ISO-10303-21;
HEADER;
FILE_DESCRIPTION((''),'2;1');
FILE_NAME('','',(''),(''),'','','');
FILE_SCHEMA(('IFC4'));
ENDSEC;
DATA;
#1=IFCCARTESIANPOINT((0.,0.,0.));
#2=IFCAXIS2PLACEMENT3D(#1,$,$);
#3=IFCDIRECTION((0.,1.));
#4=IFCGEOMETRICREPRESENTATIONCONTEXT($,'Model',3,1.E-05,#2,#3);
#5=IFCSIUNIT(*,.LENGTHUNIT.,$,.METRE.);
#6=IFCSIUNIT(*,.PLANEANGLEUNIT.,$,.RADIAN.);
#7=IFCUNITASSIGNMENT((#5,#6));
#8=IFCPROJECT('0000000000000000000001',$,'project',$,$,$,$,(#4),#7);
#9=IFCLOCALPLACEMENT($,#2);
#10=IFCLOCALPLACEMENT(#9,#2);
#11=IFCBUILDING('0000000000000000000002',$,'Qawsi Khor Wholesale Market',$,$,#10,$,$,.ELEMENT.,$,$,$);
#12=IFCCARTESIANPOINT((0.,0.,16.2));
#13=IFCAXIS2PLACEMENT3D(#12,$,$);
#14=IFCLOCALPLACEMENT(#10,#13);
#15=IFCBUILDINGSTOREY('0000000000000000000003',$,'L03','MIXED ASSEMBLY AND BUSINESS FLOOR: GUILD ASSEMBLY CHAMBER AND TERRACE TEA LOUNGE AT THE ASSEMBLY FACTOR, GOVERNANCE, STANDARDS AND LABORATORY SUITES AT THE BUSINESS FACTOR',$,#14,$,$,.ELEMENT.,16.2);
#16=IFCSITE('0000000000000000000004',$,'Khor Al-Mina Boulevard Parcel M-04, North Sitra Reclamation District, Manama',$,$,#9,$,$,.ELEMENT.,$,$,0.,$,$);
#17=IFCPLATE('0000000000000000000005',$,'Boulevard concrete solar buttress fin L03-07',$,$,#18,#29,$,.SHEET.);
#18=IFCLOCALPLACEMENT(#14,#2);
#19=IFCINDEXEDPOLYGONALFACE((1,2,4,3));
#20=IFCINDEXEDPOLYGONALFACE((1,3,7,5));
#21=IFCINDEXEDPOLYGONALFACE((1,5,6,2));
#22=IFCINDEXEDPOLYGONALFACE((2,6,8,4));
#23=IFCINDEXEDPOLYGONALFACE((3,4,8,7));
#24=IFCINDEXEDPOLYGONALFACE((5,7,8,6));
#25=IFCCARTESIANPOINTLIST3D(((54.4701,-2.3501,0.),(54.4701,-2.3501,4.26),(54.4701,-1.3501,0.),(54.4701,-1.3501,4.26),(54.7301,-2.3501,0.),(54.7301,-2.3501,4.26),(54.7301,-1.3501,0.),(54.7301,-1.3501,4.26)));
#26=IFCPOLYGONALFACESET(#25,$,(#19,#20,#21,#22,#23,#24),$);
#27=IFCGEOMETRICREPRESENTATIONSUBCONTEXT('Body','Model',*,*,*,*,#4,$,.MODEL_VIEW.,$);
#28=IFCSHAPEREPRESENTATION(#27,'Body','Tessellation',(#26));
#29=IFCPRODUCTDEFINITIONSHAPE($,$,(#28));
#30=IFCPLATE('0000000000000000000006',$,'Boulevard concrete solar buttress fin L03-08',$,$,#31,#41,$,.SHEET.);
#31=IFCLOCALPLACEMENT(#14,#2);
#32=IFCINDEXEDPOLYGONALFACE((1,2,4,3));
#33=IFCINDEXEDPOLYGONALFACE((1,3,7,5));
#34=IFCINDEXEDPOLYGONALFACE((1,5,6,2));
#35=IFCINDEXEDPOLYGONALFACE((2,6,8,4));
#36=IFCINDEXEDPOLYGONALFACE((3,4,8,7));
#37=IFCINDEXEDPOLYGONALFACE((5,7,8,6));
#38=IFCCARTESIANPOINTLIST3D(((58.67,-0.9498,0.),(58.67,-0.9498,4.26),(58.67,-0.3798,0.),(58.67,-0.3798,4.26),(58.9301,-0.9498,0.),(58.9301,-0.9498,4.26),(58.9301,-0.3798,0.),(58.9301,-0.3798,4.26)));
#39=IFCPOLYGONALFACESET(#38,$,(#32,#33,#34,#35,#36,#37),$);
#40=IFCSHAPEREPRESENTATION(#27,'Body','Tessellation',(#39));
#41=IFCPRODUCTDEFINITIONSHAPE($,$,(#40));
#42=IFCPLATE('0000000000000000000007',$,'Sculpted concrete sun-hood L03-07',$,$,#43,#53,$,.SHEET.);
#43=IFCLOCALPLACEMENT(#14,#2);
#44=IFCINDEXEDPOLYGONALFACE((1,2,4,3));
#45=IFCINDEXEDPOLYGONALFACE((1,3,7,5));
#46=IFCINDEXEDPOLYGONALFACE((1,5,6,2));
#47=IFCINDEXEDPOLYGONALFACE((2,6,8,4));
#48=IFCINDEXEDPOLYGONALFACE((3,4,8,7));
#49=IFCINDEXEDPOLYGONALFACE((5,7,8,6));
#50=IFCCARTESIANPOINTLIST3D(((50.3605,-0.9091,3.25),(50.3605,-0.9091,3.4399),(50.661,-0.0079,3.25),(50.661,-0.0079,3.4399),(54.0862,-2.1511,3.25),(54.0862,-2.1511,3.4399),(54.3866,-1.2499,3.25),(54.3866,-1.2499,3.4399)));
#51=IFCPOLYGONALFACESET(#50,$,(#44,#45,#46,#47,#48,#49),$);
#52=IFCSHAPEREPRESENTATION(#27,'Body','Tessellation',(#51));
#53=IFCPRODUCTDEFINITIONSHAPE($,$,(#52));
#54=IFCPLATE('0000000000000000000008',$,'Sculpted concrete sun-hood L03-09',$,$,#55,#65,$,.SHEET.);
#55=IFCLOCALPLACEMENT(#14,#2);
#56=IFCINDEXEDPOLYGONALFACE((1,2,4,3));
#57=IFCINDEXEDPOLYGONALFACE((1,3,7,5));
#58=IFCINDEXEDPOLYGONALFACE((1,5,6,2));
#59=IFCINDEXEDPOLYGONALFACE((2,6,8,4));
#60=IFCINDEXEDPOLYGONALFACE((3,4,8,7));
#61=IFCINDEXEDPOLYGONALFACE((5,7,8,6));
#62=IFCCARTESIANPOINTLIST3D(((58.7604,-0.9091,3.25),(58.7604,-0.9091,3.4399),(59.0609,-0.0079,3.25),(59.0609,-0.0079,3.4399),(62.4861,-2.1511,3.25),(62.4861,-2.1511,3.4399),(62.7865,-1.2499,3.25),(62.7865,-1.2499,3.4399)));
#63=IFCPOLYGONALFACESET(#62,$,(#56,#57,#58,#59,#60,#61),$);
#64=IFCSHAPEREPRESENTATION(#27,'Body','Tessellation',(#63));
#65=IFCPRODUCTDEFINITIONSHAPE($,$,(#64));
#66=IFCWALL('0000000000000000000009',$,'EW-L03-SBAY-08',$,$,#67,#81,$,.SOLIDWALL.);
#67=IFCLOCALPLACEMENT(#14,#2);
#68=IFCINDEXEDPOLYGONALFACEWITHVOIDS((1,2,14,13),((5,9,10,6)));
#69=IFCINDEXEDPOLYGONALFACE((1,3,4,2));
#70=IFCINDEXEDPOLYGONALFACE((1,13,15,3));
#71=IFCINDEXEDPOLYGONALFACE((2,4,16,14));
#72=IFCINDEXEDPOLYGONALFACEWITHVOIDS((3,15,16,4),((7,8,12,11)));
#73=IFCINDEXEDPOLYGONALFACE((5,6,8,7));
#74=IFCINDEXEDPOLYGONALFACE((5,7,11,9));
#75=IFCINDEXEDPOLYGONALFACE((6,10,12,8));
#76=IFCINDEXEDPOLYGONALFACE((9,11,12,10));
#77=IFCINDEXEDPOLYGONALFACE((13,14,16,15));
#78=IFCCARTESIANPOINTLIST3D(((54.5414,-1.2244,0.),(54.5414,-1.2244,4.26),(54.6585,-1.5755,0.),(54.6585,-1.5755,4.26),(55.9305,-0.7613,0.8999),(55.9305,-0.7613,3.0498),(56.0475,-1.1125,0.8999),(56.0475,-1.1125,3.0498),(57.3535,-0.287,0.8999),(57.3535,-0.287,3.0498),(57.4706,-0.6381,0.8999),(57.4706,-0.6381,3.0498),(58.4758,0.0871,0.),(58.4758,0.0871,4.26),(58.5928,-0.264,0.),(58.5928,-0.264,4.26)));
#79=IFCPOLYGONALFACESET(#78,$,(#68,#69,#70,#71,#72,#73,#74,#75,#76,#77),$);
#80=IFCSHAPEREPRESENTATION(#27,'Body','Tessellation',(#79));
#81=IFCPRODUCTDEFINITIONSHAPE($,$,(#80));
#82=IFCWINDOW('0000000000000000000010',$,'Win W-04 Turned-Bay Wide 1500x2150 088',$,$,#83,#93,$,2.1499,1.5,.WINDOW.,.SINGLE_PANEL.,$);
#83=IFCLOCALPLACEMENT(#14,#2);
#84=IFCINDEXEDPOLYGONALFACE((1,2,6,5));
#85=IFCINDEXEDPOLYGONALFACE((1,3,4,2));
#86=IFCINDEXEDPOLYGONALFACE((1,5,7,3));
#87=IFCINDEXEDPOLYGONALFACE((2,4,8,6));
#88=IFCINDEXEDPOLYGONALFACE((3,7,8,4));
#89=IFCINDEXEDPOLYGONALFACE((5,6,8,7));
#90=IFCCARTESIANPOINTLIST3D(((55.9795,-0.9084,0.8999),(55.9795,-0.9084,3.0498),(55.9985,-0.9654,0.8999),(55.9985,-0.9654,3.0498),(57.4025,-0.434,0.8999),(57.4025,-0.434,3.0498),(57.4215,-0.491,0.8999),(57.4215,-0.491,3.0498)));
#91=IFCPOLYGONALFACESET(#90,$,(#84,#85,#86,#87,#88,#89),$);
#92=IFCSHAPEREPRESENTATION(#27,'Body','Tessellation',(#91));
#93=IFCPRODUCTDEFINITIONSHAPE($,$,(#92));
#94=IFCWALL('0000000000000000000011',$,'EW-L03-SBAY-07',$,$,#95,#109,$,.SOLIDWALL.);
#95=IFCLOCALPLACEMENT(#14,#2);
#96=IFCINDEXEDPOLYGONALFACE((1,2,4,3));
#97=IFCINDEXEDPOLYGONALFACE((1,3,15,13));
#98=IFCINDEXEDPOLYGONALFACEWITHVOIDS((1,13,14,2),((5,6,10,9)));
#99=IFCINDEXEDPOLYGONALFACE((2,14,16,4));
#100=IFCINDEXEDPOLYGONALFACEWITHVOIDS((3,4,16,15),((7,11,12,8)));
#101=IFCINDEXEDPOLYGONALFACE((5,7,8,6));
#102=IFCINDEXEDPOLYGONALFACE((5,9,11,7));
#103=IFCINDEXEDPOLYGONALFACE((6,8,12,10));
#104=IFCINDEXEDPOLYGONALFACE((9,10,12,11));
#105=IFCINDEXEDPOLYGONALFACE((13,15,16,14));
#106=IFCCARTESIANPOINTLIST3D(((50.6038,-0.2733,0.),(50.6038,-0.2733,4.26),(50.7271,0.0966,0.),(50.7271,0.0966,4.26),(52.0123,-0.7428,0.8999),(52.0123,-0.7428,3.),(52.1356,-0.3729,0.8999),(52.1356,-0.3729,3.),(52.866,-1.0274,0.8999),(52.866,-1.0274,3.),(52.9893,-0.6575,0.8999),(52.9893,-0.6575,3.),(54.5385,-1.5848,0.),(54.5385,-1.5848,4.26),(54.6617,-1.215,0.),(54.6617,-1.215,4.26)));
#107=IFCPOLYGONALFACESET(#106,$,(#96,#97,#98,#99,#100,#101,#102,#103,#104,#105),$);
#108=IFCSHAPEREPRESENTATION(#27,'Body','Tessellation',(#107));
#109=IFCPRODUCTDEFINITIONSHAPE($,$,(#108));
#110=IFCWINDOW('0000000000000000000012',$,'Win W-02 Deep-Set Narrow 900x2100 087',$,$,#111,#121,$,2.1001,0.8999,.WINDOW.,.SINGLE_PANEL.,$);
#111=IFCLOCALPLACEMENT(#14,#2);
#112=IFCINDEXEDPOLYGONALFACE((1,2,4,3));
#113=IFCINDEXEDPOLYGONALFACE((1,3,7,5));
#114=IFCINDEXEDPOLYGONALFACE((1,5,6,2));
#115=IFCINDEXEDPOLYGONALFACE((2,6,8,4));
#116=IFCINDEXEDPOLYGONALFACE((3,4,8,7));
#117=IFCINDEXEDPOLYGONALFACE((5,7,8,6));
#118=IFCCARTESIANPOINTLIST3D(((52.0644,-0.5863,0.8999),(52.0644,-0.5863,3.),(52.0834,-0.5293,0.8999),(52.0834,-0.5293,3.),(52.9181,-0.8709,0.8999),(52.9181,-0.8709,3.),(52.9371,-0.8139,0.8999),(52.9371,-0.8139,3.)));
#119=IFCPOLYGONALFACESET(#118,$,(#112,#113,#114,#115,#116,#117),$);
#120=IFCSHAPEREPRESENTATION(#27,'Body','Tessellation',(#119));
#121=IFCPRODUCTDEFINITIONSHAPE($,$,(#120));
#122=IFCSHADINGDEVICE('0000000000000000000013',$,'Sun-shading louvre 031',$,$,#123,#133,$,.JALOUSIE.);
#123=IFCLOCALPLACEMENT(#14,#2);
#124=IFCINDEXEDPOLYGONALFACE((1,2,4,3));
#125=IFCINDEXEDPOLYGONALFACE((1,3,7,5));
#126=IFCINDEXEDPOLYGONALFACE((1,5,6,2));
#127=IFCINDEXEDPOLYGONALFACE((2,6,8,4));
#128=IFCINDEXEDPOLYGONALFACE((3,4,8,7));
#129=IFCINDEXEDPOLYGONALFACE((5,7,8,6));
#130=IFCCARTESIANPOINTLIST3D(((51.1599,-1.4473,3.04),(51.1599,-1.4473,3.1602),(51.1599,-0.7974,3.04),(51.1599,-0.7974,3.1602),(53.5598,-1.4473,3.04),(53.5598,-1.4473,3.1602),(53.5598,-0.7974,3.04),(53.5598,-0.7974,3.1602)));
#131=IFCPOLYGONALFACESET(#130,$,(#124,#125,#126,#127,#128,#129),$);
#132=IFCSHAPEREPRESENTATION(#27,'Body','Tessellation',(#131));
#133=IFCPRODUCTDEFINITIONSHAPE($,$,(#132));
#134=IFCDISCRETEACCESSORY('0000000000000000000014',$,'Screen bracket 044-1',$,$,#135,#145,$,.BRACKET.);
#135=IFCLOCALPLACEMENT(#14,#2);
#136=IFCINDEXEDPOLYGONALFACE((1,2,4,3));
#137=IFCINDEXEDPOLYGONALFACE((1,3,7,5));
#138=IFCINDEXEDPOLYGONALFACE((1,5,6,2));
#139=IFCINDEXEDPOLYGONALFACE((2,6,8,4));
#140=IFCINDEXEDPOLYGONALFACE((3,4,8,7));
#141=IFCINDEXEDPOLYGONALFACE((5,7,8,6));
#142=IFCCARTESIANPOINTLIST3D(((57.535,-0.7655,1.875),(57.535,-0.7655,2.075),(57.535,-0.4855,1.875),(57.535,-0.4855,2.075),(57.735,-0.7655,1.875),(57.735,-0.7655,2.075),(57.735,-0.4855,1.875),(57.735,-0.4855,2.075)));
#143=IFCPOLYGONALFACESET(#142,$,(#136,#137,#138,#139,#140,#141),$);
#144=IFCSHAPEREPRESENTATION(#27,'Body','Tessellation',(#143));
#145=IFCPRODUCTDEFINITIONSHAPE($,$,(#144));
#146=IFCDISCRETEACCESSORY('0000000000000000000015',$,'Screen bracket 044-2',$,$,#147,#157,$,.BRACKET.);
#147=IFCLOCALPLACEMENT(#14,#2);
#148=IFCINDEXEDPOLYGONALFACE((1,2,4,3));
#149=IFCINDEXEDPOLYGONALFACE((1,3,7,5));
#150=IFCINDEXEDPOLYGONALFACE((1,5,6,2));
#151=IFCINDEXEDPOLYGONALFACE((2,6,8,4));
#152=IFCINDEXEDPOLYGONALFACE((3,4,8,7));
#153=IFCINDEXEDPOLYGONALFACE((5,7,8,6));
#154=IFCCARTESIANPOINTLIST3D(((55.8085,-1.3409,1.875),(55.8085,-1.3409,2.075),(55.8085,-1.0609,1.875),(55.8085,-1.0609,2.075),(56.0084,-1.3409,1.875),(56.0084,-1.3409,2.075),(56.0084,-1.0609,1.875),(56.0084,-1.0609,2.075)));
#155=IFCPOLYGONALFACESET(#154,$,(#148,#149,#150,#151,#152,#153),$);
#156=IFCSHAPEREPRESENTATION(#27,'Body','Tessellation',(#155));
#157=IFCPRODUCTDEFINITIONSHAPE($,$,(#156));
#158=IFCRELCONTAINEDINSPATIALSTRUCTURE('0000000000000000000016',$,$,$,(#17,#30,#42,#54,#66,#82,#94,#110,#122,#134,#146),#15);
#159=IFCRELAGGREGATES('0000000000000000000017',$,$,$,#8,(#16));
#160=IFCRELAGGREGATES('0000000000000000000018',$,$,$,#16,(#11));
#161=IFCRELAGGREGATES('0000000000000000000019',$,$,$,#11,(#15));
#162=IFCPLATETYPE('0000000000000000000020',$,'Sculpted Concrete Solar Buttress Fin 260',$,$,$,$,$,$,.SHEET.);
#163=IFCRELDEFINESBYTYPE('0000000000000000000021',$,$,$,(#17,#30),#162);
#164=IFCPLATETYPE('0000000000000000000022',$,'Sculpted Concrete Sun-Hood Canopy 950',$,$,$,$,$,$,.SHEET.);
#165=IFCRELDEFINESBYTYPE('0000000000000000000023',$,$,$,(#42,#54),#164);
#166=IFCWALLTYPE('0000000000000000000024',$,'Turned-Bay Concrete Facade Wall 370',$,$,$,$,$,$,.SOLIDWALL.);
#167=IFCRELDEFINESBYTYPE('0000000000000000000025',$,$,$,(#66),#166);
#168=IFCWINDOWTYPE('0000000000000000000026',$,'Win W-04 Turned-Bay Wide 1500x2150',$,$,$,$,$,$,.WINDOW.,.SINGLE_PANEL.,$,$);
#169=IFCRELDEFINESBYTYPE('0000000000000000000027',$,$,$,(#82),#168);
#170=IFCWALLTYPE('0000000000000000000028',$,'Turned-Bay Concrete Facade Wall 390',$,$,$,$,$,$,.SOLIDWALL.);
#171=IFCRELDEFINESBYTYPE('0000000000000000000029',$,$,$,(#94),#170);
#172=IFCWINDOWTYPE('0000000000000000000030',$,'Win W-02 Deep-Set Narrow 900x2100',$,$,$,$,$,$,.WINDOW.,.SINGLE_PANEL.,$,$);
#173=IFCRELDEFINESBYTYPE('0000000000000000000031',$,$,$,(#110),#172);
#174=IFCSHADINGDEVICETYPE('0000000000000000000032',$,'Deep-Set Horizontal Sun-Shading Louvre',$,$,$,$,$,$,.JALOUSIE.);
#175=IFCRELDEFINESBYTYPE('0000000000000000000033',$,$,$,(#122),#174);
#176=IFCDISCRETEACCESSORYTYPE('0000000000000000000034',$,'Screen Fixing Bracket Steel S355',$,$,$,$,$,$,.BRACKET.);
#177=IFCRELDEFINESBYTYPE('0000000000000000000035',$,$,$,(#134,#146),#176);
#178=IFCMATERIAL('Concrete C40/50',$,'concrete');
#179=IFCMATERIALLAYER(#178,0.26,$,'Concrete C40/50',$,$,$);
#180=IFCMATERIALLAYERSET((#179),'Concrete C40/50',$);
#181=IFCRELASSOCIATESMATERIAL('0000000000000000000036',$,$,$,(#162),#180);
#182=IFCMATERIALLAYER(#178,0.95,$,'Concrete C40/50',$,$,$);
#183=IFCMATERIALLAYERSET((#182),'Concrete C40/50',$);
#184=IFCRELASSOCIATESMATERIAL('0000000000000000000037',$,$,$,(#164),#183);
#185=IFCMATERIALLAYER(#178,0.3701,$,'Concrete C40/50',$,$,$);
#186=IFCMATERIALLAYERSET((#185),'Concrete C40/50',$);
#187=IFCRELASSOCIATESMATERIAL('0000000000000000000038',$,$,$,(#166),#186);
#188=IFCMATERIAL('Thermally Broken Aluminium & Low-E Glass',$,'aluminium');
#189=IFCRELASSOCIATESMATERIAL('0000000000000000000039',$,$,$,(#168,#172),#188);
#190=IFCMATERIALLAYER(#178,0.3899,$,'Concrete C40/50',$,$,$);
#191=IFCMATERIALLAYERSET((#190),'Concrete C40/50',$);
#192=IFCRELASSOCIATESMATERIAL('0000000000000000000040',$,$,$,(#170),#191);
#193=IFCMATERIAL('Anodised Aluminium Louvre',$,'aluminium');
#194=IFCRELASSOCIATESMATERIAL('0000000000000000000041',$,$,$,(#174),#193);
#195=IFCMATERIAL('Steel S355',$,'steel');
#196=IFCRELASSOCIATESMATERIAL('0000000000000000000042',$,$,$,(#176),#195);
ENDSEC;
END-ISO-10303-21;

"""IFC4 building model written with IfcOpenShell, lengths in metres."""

from ifc_helpers import new_model, si_unit, direction, frame, frame_2d, origin, origin_2d, place, context, subcontext, project, spatial, rectangle, extrude, material, layer, layer_set, type_object, element, fill, save


model = new_model("IFC4")

# Units and contexts
model_context = context("Model", 3, precision=1e-05, world=origin(), true_north=direction((0.0, 1.0)))
body_context = subcontext(model_context, "Body", "Model", "MODEL_VIEW")
ifc_project = project(units=[si_unit("LENGTHUNIT", "METRE"), si_unit("PLANEANGLEUNIT", "RADIAN")], contexts=[model_context])

# Site, building, storey
site_placement = place(None, origin())
site = spatial("IfcSite", under=ifc_project, at=site_placement, Name="Khor Al-Mina Boulevard Parcel M-04, North Sitra Reclamation District, Manama", CompositionType="ELEMENT", RefElevation=0.0)
building_placement = place(site_placement, origin())
building = spatial("IfcBuilding", under=site, at=building_placement, Name="Qawsi Khor Wholesale Market", CompositionType="ELEMENT")
storey_placement = place(building_placement, frame((0.0, 0.0, 16.2)))
storey = spatial("IfcBuildingStorey", under=building, at=storey_placement, Name="L03", Description="MIXED ASSEMBLY AND BUSINESS FLOOR: GUILD ASSEMBLY CHAMBER AND TERRACE TEA LOUNGE AT THE ASSEMBLY FACTOR, GOVERNANCE, STANDARDS AND LABORATORY SUITES AT THE BUSINESS FACTOR", CompositionType="ELEMENT", Elevation=16.2)

# Shared definitions
ifc_material_1 = material(Name="Concrete C40/50", Category="concrete")

# Shared definitions
ifc_material_2 = material(Name="Steel S355", Category="steel")

# Plates
ifc_layer_1 = layer(ifc_material_1, 0.26, Name="Concrete C40/50")
ifc_layer_set_1 = layer_set([ifc_layer_1], Name="Concrete C40/50")
plate_type_1 = type_object("IfcPlateType", Name="Sculpted Concrete Solar Buttress Fin 260", PredefinedType="SHEET", material=ifc_layer_set_1)
plate_1_placement = place(storey_placement, frame((54.6001, -2.3501, 0.0), z_axis=(0.0, 0.0, 1.0), x_axis=(0.0, 1.0, 0.0)))
element("IfcPlate", 1, at=plate_1_placement, inside=storey, type_object=plate_type_1, Name="Boulevard concrete solar buttress fin L03-07", PredefinedType="SHEET", context=body_context, shape_type="SweptSolid", body=[
    extrude(rectangle(XDim=1.0, YDim=0.26, at=frame_2d((0.5, 0.0))), origin(), (0.0, 0.0, 1.0), 4.26),
])
plate_2_placement = place(storey_placement, frame((58.8, -0.95, 0.0), z_axis=(0.0, 0.0, 1.0), x_axis=(0.0, 1.0, 0.0)))
element("IfcPlate", 2, at=plate_2_placement, inside=storey, type_object=plate_type_1, Name="Boulevard concrete solar buttress fin L03-08", PredefinedType="SHEET", context=body_context, shape_type="SweptSolid", body=[
    extrude(rectangle(XDim=0.5701, YDim=0.26, at=frame_2d((0.2852, 0.0))), origin(), (0.0, 0.0, 1.0), 4.26),
])
ifc_layer_2 = layer(ifc_material_1, 0.95, Name="Concrete C40/50")
ifc_layer_set_2 = layer_set([ifc_layer_2], Name="Concrete C40/50")
plate_type_2 = type_object("IfcPlateType", Name="Sculpted Concrete Sun-Hood Canopy 950", PredefinedType="SHEET", material=ifc_layer_set_2)
for number, where, z_axis, x_axis, name in (
    (3, (50.5107, -0.4585, 3.25), (0.0, 0.0, 1.0), (0.948677, -0.316246, 0.0), "Sculpted concrete sun-hood L03-07"),
    (4, (58.9106, -0.4585, 3.25), (0.0, 0.0, 1.0), (0.948677, -0.316246, 0.0), "Sculpted concrete sun-hood L03-09"),
):
    element("IfcPlate", number, at=place(storey_placement, frame(where, z_axis=z_axis, x_axis=x_axis)), inside=storey, type_object=plate_type_2, Name=name, PredefinedType="SHEET", context=body_context, shape_type="SweptSolid", body=[
        extrude(rectangle(XDim=3.9272, YDim=0.95, at=frame_2d((1.9636, 0.0))), origin(), (0.0, 0.0, 1.0), 0.1899),
    ])

# Walls, openings, windows
ifc_layer_3 = layer(ifc_material_1, 0.3701, Name="Concrete C40/50")
ifc_layer_set_3 = layer_set([ifc_layer_3], Name="Concrete C40/50")
wall_type_1 = type_object("IfcWallType", Name="Turned-Bay Concrete Facade Wall 370", PredefinedType="SOLIDWALL", material=ifc_layer_set_3)
wall_1_placement = place(storey_placement, frame((58.5344, -0.0884, 0.0), z_axis=(0.0, 0.0, 1.0), x_axis=(-0.948677, -0.316245, 0.0)))
wall_1 = element("IfcWall", 5, at=wall_1_placement, inside=storey, type_object=wall_type_1, Name="EW-L03-SBAY-08", PredefinedType="SOLIDWALL", context=body_context, shape_type="SweptSolid", body=[
    extrude(rectangle(XDim=4.1472, YDim=0.3701, at=frame_2d((2.0737, 0.0))), origin(), (0.0, 0.0, 1.0), 4.26),
])
opening_1_placement = place(wall_1_placement, frame((1.1831, 0.0, 0.8999)))
opening_1 = element("IfcOpeningElement", 6, at=opening_1_placement, cuts=wall_1, PredefinedType="OPENING", context=body_context, shape_type="SweptSolid", body=[
    extrude(rectangle(XDim=1.5, YDim=2.1499, at=frame_2d((0.75, 1.075))), frame((0.0, 0.1951, 0.0), z_axis=(0.0, -1.0, 0.0), x_axis=(1.0, 0.0, 0.0)), (0.0, 0.0, 1.0), 0.3901),
])
ifc_material_3 = material(Name="Thermally Broken Aluminium & Low-E Glass", Category="aluminium")
window_type_1 = type_object("IfcWindowType", Name="Win W-04 Turned-Bay Wide 1500x2150", PartitioningType="SINGLE_PANEL", PredefinedType="WINDOW", material=ifc_material_3)
window_1_placement = place(opening_1_placement, origin())
window_1 = element("IfcWindow", 7, at=window_1_placement, inside=storey, type_object=window_type_1, Name="Win W-04 Turned-Bay Wide 1500x2150 088", OverallHeight=2.1499, OverallWidth=1.5, PartitioningType="SINGLE_PANEL", PredefinedType="WINDOW", context=body_context, shape_type="SweptSolid", body=[
    extrude(rectangle(XDim=1.5, YDim=2.1499, at=frame_2d((0.75, 1.075))), frame((0.0, 0.03, 0.0), z_axis=(0.0, -1.0, 0.0), x_axis=(1.0, 0.0, 0.0)), (0.0, 0.0, 1.0), 0.0601),
])
fill(opening_1, window_1)
ifc_layer_4 = layer(ifc_material_1, 0.3899, Name="Concrete C40/50")
ifc_layer_set_4 = layer_set([ifc_layer_4], Name="Concrete C40/50")
wall_type_2 = type_object("IfcWallType", Name="Turned-Bay Concrete Facade Wall 390", PredefinedType="SOLIDWALL", material=ifc_layer_set_4)
wall_2_placement = place(storey_placement, frame((54.6001, -1.3999, 0.0), z_axis=(0.0, 0.0, 1.0), x_axis=(-0.948683, 0.316228, 0.0)))
wall_2 = element("IfcWall", 8, at=wall_2_placement, inside=storey, type_object=wall_type_2, Name="EW-L03-SBAY-07", PredefinedType="SOLIDWALL", context=body_context, shape_type="SweptSolid", body=[
    extrude(rectangle(XDim=4.1475, YDim=0.3899, at=frame_2d((2.0737, 0.0))), origin(), (0.0, 0.0, 1.0), 4.26),
])
opening_2_placement = place(wall_2_placement, frame((1.7629, 0.0, 0.8999)))
opening_2 = element("IfcOpeningElement", 9, at=opening_2_placement, cuts=wall_2, PredefinedType="OPENING", context=body_context, shape_type="SweptSolid", body=[
    extrude(rectangle(XDim=0.8999, YDim=2.1001, at=frame_2d((0.45, 1.05))), frame((0.0, 0.2048, 0.0), z_axis=(0.0, -1.0, 0.0), x_axis=(1.0, 0.0, 0.0)), (0.0, 0.0, 1.0), 0.4099),
])
window_type_2 = type_object("IfcWindowType", Name="Win W-02 Deep-Set Narrow 900x2100", PartitioningType="SINGLE_PANEL", PredefinedType="WINDOW", material=ifc_material_3)
window_2_placement = place(opening_2_placement, origin())
window_2 = element("IfcWindow", 10, at=window_2_placement, inside=storey, type_object=window_type_2, Name="Win W-02 Deep-Set Narrow 900x2100 087", OverallHeight=2.1001, OverallWidth=0.8999, PartitioningType="SINGLE_PANEL", PredefinedType="WINDOW", context=body_context, shape_type="SweptSolid", body=[
    extrude(rectangle(XDim=0.8999, YDim=2.1001, at=frame_2d((0.45, 1.05))), frame((0.0, 0.03, 0.0), z_axis=(0.0, -1.0, 0.0), x_axis=(1.0, 0.0, 0.0)), (0.0, 0.0, 1.0), 0.0601),
])
fill(opening_2, window_2)

# Shading device
ifc_material_4 = material(Name="Anodised Aluminium Louvre", Category="aluminium")
shading_device_type = type_object("IfcShadingDeviceType", Name="Deep-Set Horizontal Sun-Shading Louvre", PredefinedType="JALOUSIE", material=ifc_material_4)
shading_device_placement = place(storey_placement, frame((52.3599, -1.1223, 3.04), z_axis=(0.0, 0.0, 1.0), x_axis=(1.0, 0.0, 0.0)))
element("IfcShadingDevice", 11, at=shading_device_placement, inside=storey, type_object=shading_device_type, Name="Sun-shading louvre 031", PredefinedType="JALOUSIE", context=body_context, shape_type="SweptSolid", body=[
    extrude(rectangle(XDim=2.3999, YDim=0.6499, at=origin_2d()), origin(), (0.0, 0.0, 1.0), 0.1201),
])

# Discrete accessories
discrete_accessory_type = type_object("IfcDiscreteAccessoryType", Name="Screen Fixing Bracket Steel S355", PredefinedType="BRACKET", material=ifc_material_2)
for number, where, z_axis, x_axis, name in (
    (12, (57.635, -0.6255, 1.875), (0.0, 0.0, 1.0), (1.0, 0.0, 0.0), "Screen bracket 044-1"),
    (13, (55.9084, -1.2009, 1.875), (0.0, 0.0, 1.0), (1.0, 0.0, 0.0), "Screen bracket 044-2"),
):
    element("IfcDiscreteAccessory", number, at=place(storey_placement, frame(where, z_axis=z_axis, x_axis=x_axis)), inside=storey, type_object=discrete_accessory_type, Name=name, PredefinedType="BRACKET", context=body_context, shape_type="SweptSolid", body=[
        extrude(rectangle(XDim=0.2, YDim=0.28, at=origin_2d()), origin(), (0.0, 0.0, 1.0), 0.2),
    ])

save(model, "model.ifc")
